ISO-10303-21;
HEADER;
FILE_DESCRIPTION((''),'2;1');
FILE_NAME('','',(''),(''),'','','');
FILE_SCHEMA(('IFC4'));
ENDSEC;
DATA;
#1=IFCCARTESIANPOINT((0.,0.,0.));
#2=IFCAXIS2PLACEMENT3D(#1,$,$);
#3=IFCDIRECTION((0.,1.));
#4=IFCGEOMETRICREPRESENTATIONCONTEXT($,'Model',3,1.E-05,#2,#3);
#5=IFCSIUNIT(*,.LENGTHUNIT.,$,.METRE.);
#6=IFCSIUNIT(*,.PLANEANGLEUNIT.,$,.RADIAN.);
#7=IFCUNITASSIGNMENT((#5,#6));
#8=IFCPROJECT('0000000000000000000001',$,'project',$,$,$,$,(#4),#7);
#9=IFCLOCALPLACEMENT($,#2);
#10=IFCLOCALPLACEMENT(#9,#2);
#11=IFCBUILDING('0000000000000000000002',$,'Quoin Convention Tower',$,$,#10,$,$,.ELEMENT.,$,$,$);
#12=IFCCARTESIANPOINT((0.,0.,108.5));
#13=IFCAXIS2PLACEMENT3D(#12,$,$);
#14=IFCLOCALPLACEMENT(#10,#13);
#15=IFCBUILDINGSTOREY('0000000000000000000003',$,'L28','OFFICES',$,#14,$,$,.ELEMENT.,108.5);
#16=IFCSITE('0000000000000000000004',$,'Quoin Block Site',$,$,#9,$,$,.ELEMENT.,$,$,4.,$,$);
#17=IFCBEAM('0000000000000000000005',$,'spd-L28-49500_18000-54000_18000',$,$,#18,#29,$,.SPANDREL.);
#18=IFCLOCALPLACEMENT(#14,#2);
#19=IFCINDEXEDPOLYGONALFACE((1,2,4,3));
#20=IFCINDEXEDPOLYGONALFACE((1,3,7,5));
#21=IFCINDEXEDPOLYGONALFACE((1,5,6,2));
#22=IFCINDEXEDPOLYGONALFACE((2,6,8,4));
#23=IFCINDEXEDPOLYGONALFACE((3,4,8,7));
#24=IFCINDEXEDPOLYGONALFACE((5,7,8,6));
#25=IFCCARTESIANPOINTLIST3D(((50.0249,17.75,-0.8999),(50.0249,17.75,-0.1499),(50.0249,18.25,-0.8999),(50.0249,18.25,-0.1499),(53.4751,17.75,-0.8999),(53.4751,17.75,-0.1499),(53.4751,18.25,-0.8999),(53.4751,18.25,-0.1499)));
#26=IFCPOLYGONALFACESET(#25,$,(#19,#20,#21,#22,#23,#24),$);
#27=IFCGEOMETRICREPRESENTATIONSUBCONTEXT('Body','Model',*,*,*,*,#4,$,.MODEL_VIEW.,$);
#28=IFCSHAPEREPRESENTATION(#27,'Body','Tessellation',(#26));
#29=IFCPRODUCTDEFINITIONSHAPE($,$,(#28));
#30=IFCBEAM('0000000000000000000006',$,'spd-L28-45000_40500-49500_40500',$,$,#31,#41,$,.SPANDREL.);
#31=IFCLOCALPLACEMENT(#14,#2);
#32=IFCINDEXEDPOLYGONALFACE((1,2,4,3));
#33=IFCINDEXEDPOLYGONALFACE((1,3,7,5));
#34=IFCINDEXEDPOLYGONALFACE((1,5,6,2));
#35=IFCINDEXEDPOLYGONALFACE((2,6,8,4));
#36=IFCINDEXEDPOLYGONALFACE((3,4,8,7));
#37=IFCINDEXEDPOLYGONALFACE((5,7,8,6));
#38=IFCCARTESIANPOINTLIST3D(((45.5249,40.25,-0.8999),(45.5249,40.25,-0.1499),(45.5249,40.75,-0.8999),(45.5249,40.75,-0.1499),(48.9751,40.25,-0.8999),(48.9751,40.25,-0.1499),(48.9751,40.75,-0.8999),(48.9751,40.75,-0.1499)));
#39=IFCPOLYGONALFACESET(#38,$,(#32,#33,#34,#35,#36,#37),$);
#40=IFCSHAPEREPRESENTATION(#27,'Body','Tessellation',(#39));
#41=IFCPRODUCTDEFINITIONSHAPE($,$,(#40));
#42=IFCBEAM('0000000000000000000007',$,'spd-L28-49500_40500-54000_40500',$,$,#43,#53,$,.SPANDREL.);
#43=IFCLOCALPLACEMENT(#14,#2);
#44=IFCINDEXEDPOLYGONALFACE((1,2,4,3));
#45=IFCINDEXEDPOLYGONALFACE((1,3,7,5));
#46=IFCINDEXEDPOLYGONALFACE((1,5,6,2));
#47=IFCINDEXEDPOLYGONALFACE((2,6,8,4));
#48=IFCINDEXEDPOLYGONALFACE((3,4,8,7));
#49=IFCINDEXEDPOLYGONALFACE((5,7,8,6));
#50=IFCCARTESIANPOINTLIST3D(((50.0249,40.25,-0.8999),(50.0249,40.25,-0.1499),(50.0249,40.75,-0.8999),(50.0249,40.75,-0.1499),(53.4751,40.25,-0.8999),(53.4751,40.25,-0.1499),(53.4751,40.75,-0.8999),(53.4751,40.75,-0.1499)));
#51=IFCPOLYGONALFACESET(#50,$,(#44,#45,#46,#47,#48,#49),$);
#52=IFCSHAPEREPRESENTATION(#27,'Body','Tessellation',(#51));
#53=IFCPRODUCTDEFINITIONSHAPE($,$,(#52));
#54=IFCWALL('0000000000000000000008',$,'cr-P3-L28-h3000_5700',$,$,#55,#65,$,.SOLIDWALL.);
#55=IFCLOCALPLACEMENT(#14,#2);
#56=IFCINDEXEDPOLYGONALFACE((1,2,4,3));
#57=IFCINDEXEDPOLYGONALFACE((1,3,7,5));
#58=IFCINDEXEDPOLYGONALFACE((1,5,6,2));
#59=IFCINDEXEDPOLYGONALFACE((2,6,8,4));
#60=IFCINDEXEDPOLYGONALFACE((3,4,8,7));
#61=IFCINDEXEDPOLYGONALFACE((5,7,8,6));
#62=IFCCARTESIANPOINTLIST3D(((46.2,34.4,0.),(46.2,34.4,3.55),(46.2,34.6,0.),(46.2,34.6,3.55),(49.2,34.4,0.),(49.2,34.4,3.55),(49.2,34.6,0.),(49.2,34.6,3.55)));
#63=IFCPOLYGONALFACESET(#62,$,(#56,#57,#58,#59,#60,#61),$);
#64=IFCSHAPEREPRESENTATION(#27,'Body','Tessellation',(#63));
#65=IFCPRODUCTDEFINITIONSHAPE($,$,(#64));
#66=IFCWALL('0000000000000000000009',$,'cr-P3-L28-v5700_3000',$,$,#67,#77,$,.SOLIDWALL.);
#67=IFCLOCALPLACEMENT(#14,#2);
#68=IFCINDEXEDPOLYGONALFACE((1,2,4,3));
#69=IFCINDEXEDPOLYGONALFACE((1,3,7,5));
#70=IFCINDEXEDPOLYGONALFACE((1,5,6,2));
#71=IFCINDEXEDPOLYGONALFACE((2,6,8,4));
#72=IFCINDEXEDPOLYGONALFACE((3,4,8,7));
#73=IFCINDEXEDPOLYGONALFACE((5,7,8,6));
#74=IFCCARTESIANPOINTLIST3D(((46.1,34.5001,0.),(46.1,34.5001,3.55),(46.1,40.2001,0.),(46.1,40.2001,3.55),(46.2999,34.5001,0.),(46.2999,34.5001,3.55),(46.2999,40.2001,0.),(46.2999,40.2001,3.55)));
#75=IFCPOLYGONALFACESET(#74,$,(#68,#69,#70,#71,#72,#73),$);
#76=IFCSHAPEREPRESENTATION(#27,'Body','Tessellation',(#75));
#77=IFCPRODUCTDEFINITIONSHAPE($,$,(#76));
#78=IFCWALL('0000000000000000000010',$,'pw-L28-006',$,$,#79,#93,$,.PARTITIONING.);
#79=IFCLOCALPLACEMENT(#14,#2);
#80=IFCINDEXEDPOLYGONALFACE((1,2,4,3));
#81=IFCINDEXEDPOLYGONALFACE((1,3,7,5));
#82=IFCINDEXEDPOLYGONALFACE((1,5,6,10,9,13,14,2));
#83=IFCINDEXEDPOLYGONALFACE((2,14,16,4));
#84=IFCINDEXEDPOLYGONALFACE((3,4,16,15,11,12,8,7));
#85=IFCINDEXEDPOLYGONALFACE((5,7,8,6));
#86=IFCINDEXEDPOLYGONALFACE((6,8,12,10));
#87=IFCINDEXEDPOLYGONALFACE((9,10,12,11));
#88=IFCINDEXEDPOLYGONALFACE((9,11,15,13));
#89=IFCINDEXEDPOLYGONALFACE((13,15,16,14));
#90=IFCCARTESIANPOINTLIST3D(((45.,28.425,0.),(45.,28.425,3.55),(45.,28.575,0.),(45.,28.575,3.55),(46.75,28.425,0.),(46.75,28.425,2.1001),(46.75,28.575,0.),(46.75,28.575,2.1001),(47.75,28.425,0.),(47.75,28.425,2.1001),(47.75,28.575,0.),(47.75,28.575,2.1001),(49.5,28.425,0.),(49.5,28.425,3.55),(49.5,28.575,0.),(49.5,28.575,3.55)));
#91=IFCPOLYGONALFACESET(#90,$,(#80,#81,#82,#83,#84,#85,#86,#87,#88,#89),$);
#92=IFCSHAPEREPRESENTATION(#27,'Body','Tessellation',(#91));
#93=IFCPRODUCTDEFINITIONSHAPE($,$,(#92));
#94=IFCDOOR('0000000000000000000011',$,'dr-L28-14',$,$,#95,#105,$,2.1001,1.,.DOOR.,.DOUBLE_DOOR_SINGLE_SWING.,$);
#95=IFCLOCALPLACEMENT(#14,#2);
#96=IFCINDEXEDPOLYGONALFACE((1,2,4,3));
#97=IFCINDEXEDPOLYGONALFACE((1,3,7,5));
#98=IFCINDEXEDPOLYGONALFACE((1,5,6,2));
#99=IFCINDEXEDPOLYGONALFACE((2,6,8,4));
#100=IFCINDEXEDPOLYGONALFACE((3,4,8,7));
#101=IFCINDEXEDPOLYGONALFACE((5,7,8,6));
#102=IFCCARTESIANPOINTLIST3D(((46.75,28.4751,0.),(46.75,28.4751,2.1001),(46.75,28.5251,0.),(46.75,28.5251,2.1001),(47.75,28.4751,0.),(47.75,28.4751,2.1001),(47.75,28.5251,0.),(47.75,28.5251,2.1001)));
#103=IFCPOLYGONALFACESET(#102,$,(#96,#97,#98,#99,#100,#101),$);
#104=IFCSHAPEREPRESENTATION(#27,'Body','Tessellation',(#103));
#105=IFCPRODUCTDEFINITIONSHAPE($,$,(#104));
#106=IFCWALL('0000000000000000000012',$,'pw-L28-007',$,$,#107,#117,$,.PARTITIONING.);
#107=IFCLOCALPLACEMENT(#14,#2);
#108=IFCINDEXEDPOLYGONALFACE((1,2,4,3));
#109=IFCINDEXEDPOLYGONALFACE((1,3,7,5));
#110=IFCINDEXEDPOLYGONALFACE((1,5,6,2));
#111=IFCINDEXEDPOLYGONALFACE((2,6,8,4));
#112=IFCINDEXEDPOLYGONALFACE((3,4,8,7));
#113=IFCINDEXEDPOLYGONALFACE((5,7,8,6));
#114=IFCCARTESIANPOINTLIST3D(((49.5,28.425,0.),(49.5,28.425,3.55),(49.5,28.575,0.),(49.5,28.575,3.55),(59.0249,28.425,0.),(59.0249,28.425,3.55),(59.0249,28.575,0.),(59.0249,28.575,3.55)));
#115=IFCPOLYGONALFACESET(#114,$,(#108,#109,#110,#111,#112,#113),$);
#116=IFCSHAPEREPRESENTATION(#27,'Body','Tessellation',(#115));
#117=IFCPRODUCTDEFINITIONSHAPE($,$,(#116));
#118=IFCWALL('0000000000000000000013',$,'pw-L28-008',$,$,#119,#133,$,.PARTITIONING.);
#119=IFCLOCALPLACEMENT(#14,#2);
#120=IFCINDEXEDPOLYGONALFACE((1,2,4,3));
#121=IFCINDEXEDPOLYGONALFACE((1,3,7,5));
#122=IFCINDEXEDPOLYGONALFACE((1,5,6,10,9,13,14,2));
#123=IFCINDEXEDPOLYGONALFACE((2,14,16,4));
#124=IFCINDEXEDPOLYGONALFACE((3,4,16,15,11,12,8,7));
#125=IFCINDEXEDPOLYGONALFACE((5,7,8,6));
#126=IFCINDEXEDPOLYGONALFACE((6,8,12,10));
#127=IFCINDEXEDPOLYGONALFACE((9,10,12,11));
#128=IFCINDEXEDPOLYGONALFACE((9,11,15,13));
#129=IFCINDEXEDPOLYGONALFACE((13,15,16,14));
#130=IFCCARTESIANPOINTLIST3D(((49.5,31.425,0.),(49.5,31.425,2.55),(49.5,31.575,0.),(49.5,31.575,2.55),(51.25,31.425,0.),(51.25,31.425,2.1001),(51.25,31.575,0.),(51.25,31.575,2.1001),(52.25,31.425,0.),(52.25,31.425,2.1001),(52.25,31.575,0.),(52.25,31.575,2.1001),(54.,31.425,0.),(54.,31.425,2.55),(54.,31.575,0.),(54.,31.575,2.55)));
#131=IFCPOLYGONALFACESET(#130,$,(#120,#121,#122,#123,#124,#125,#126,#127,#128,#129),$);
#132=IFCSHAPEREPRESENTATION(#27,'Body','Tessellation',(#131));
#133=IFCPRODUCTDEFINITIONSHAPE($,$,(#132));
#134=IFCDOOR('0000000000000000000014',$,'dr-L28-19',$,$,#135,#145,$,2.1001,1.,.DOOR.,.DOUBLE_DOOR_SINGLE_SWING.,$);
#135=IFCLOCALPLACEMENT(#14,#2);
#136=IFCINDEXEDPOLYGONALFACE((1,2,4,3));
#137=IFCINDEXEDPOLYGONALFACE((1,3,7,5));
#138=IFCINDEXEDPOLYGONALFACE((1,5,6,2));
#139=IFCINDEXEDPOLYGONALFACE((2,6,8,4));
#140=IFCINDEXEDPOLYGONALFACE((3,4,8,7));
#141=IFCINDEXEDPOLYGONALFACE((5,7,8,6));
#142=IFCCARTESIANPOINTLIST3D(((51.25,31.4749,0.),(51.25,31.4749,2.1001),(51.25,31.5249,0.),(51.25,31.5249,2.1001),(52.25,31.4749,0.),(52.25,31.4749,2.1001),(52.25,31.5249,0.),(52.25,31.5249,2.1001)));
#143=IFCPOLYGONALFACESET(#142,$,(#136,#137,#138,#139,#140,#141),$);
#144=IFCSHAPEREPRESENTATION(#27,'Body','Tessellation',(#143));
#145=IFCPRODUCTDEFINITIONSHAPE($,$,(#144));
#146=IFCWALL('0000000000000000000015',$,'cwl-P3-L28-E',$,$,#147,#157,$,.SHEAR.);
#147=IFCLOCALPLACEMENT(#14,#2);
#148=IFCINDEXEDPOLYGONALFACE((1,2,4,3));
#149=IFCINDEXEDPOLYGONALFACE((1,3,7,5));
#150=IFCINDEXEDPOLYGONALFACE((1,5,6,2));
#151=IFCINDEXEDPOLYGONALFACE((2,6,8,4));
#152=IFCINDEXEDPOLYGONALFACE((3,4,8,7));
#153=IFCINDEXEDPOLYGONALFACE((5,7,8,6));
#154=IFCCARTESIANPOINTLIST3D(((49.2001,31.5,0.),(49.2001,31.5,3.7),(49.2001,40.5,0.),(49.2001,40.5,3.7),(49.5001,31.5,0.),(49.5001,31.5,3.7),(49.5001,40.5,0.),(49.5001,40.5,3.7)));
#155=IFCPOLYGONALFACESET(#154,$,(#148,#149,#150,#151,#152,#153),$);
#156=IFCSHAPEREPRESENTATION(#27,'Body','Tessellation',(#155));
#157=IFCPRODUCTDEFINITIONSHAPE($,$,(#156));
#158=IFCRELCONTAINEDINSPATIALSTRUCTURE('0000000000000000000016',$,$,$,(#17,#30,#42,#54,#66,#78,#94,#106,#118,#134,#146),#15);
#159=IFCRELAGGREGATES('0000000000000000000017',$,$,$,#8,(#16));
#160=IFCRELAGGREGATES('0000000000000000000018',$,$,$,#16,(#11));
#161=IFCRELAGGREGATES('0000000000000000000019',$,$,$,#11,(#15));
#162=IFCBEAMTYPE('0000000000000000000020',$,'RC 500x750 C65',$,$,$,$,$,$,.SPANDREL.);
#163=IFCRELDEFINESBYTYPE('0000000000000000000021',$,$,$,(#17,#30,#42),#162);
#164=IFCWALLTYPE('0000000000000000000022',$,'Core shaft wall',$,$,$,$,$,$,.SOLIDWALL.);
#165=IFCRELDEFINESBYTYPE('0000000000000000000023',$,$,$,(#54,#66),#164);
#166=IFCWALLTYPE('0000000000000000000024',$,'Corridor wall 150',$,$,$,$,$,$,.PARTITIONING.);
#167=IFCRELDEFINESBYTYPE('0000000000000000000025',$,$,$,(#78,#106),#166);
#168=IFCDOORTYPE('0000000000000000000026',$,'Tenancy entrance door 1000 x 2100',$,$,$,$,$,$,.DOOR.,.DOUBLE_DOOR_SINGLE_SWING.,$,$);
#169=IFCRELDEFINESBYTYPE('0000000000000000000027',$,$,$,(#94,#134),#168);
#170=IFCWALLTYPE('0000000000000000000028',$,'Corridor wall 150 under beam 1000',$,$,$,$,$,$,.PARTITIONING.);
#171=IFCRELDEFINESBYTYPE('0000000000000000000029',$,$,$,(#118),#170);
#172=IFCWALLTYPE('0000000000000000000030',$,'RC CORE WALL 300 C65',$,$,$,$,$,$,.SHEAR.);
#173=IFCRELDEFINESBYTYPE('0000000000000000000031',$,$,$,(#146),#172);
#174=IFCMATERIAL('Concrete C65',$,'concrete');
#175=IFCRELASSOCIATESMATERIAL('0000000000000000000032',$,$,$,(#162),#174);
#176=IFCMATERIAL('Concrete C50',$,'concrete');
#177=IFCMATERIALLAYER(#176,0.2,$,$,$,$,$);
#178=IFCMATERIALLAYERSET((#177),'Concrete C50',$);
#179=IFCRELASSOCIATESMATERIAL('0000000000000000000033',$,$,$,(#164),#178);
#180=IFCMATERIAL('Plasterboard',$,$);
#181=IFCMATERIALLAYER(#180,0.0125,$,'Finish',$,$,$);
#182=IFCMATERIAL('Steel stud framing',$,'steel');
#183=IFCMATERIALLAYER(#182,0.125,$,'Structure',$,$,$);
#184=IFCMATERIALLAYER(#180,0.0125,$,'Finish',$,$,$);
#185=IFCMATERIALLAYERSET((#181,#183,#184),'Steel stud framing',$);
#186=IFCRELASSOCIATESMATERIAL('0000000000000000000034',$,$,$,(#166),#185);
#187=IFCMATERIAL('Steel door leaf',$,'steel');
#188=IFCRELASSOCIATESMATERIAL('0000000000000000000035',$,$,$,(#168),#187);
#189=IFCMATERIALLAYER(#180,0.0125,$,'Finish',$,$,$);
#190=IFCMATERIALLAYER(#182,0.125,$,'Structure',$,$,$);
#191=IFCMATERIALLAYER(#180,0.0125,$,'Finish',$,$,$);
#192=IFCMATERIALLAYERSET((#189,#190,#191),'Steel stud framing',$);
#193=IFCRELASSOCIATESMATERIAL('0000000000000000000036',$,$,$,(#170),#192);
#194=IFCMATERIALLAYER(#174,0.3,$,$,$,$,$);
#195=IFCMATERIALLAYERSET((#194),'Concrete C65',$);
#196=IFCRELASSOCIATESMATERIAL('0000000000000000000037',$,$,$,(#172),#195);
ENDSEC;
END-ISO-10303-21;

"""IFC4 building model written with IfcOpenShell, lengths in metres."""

from ifc_helpers import new_model, si_unit, direction, frame, frame_2d, origin, origin_2d, place, context, subcontext, project, spatial, rectangle, extrude, material, layer, layer_set, material_profile, profile_set, type_object, element, fill, save


model = new_model("IFC4")

# Units and contexts
model_context = context("Model", 3, precision=1e-05, world=origin(), true_north=direction((0.0, 1.0)))
body_context = subcontext(model_context, "Body", "Model", "MODEL_VIEW")
ifc_project = project(units=[si_unit("LENGTHUNIT", "METRE"), si_unit("PLANEANGLEUNIT", "RADIAN")], contexts=[model_context])

# Site, building, storey
site_placement = place(None, origin())
site = spatial("IfcSite", under=ifc_project, at=site_placement, Name="Quoin Block Site", CompositionType="ELEMENT", RefElevation=4.0)
building_placement = place(site_placement, origin())
building = spatial("IfcBuilding", under=site, at=building_placement, Name="Quoin Convention Tower", CompositionType="ELEMENT")
storey_placement = place(building_placement, frame((0.0, 0.0, 108.5)))
storey = spatial("IfcBuildingStorey", under=building, at=storey_placement, Name="L28", Description="OFFICES", CompositionType="ELEMENT", Elevation=108.5)

# Shared definitions
ifc_material_1 = material(Name="Concrete C65", Category="concrete")

# Beams
ifc_material_profile_1 = material_profile(ifc_material_1, rectangle(XDim=0.5, YDim=0.75, at=origin_2d()), Name="RC 500x750")
ifc_profile_set_1 = profile_set([ifc_material_profile_1], Name="Concrete C65")
beam_type_1 = type_object("IfcBeamType", Name="RC 500x750 C65", PredefinedType="SPANDREL", material=ifc_profile_set_1)
for number, where, z_axis, x_axis, name in (
    (1, (50.0249, 18.0, -0.5249), (1.0, 0.0, 0.0), (0.0, 1.0, 0.0), "spd-L28-49500_18000-54000_18000"),
    (2, (45.5249, 40.5, -0.5249), (1.0, 0.0, 0.0), (0.0, 1.0, 0.0), "spd-L28-45000_40500-49500_40500"),
    (3, (50.0249, 40.5, -0.5249), (1.0, 0.0, 0.0), (0.0, 1.0, 0.0), "spd-L28-49500_40500-54000_40500"),
):
    element("IfcBeam", number, at=place(storey_placement, frame(where, z_axis=z_axis, x_axis=x_axis)), inside=storey, type_object=beam_type_1, Name=name, PredefinedType="SPANDREL", context=body_context, shape_type="SweptSolid", body=[
        extrude(rectangle(XDim=0.5, YDim=0.75, at=origin_2d()), origin(), (0.0, 0.0, 1.0), 3.4502),
    ])

# Walls
ifc_material_2 = material(Name="Concrete C50", Category="concrete")
ifc_layer_1 = layer(ifc_material_2, 0.2)
ifc_layer_set_1 = layer_set([ifc_layer_1], Name="Concrete C50")
wall_type_1 = type_object("IfcWallType", Name="Core shaft wall", PredefinedType="SOLIDWALL", material=ifc_layer_set_1)
wall_1_placement = place(storey_placement, frame((46.2, 34.5, 0.0), z_axis=(0.0, 0.0, 1.0), x_axis=(1.0, 0.0, 0.0)))
element("IfcWall", 4, at=wall_1_placement, inside=storey, type_object=wall_type_1, Name="cr-P3-L28-h3000_5700", PredefinedType="SOLIDWALL", context=body_context, shape_type="SweptSolid", body=[
    extrude(rectangle(XDim=3.0, YDim=0.2, at=frame_2d((1.5, 0.0))), origin(), (0.0, 0.0, 1.0), 3.55),
])
wall_2_placement = place(storey_placement, frame((46.2, 34.5, 0.0), z_axis=(0.0, 0.0, 1.0), x_axis=(0.0, 1.0, 0.0)))
element("IfcWall", 5, at=wall_2_placement, inside=storey, type_object=wall_type_1, Name="cr-P3-L28-v5700_3000", PredefinedType="SOLIDWALL", context=body_context, shape_type="SweptSolid", body=[
    extrude(rectangle(XDim=5.7, YDim=0.2, at=frame_2d((2.8501, 0.0))), origin(), (0.0, 0.0, 1.0), 3.55),
])

# Wall, opening, door
ifc_material_3 = material(Name="Plasterboard")
ifc_layer_2 = layer(ifc_material_3, 0.0125, Name="Finish")
ifc_material_4 = material(Name="Steel stud framing", Category="steel")
ifc_layer_3 = layer(ifc_material_4, 0.125, Name="Structure")
ifc_layer_4 = layer(ifc_material_3, 0.0125, Name="Finish")
ifc_layer_set_2 = layer_set([ifc_layer_2, ifc_layer_3, ifc_layer_4], Name="Steel stud framing")
wall_type_2 = type_object("IfcWallType", Name="Corridor wall 150", PredefinedType="PARTITIONING", material=ifc_layer_set_2)
wall_3_placement = place(storey_placement, frame((45.0, 28.5, 0.0), z_axis=(0.0, 0.0, 1.0), x_axis=(1.0, 0.0, 0.0)))
wall_3 = element("IfcWall", 6, at=wall_3_placement, inside=storey, type_object=wall_type_2, Name="pw-L28-006", PredefinedType="PARTITIONING", context=body_context, shape_type="SweptSolid", body=[
    extrude(rectangle(XDim=4.5, YDim=0.1499, at=frame_2d((2.25, 0.0))), origin(), (0.0, 0.0, 1.0), 3.55),
])
opening_1_placement = place(wall_3_placement, frame((1.75, 0.0, 0.0)))
opening_1 = element("IfcOpeningElement", 7, at=opening_1_placement, cuts=wall_3, PredefinedType="OPENING", context=body_context, shape_type="SweptSolid", body=[
    extrude(rectangle(XDim=1.0, YDim=2.1001, at=frame_2d((0.5, 1.05))), frame((0.0, 0.085, 0.0), z_axis=(0.0, -1.0, 0.0), x_axis=(1.0, 0.0, 0.0)), (0.0, 0.0, 1.0), 0.1699),
])
ifc_material_5 = material(Name="Steel door leaf", Category="steel")
door_type_1 = type_object("IfcDoorType", Name="Tenancy entrance door 1000 x 2100", OperationType="DOUBLE_DOOR_SINGLE_SWING", PredefinedType="DOOR", material=ifc_material_5)
door_1_placement = place(opening_1_placement, frame((1.0, 0.0, 0.0), z_axis=(0.0, 0.0, 1.0), x_axis=(-1.0, 0.0, 0.0)))
door_1 = element("IfcDoor", 8, at=door_1_placement, inside=storey, type_object=door_type_1, Name="dr-L28-14", OperationType="DOUBLE_DOOR_SINGLE_SWING", OverallHeight=2.1001, OverallWidth=1.0, PredefinedType="DOOR", context=body_context, shape_type="SweptSolid", body=[
    extrude(rectangle(XDim=1.0, YDim=2.1001, at=frame_2d((0.5, 1.05))), frame((0.0, 0.0249, 0.0), z_axis=(0.0, -1.0, 0.0), x_axis=(1.0, 0.0, 0.0)), (0.0, 0.0, 1.0), 0.05),
])
fill(opening_1, door_1)

# Wall
wall_4_placement = place(storey_placement, frame((49.5, 28.5, 0.0), z_axis=(0.0, 0.0, 1.0), x_axis=(1.0, 0.0, 0.0)))
element("IfcWall", 9, at=wall_4_placement, inside=storey, type_object=wall_type_2, Name="pw-L28-007", PredefinedType="PARTITIONING", context=body_context, shape_type="SweptSolid", body=[
    extrude(rectangle(XDim=9.5249, YDim=0.1499, at=frame_2d((4.7625, 0.0))), origin(), (0.0, 0.0, 1.0), 3.55),
])

# Wall, opening, door
ifc_layer_5 = layer(ifc_material_3, 0.0125, Name="Finish")
ifc_layer_6 = layer(ifc_material_4, 0.125, Name="Structure")
ifc_layer_7 = layer(ifc_material_3, 0.0125, Name="Finish")
ifc_layer_set_3 = layer_set([ifc_layer_5, ifc_layer_6, ifc_layer_7], Name="Steel stud framing")
wall_type_3 = type_object("IfcWallType", Name="Corridor wall 150 under beam 1000", PredefinedType="PARTITIONING", material=ifc_layer_set_3)
wall_5_placement = place(storey_placement, frame((49.5, 31.5, 0.0), z_axis=(0.0, 0.0, 1.0), x_axis=(1.0, 0.0, 0.0)))
wall_5 = element("IfcWall", 10, at=wall_5_placement, inside=storey, type_object=wall_type_3, Name="pw-L28-008", PredefinedType="PARTITIONING", context=body_context, shape_type="SweptSolid", body=[
    extrude(rectangle(XDim=4.5, YDim=0.1499, at=frame_2d((2.25, 0.0))), origin(), (0.0, 0.0, 1.0), 2.55),
])
opening_2_placement = place(wall_5_placement, frame((1.75, 0.0, 0.0)))
opening_2 = element("IfcOpeningElement", 11, at=opening_2_placement, cuts=wall_5, PredefinedType="OPENING", context=body_context, shape_type="SweptSolid", body=[
    extrude(rectangle(XDim=1.0, YDim=2.1001, at=frame_2d((0.5, 1.05))), frame((0.0, 0.085, 0.0), z_axis=(0.0, -1.0, 0.0), x_axis=(1.0, 0.0, 0.0)), (0.0, 0.0, 1.0), 0.1699),
])
door_2_placement = place(opening_2_placement, origin())
door_2 = element("IfcDoor", 12, at=door_2_placement, inside=storey, type_object=door_type_1, Name="dr-L28-19", OperationType="DOUBLE_DOOR_SINGLE_SWING", OverallHeight=2.1001, OverallWidth=1.0, PredefinedType="DOOR", context=body_context, shape_type="SweptSolid", body=[
    extrude(rectangle(XDim=1.0, YDim=2.1001, at=frame_2d((0.5, 1.05))), frame((0.0, 0.0249, 0.0), z_axis=(0.0, -1.0, 0.0), x_axis=(1.0, 0.0, 0.0)), (0.0, 0.0, 1.0), 0.05),
])
fill(opening_2, door_2)

# Wall
ifc_layer_8 = layer(ifc_material_1, 0.3)
ifc_layer_set_4 = layer_set([ifc_layer_8], Name="Concrete C65")
wall_type_4 = type_object("IfcWallType", Name="RC CORE WALL 300 C65", PredefinedType="SHEAR", material=ifc_layer_set_4)
wall_6_placement = place(storey_placement, frame((49.3501, 31.5, 0.0), z_axis=(0.0, 0.0, 1.0), x_axis=(0.0, 1.0, 0.0)))
element("IfcWall", 13, at=wall_6_placement, inside=storey, type_object=wall_type_4, Name="cwl-P3-L28-E", PredefinedType="SHEAR", context=body_context, shape_type="SweptSolid", body=[
    extrude(rectangle(XDim=9.0, YDim=0.3, at=frame_2d((4.5, 0.0))), origin(), (0.0, 0.0, 1.0), 3.7),
])

save(model, "model.ifc")
